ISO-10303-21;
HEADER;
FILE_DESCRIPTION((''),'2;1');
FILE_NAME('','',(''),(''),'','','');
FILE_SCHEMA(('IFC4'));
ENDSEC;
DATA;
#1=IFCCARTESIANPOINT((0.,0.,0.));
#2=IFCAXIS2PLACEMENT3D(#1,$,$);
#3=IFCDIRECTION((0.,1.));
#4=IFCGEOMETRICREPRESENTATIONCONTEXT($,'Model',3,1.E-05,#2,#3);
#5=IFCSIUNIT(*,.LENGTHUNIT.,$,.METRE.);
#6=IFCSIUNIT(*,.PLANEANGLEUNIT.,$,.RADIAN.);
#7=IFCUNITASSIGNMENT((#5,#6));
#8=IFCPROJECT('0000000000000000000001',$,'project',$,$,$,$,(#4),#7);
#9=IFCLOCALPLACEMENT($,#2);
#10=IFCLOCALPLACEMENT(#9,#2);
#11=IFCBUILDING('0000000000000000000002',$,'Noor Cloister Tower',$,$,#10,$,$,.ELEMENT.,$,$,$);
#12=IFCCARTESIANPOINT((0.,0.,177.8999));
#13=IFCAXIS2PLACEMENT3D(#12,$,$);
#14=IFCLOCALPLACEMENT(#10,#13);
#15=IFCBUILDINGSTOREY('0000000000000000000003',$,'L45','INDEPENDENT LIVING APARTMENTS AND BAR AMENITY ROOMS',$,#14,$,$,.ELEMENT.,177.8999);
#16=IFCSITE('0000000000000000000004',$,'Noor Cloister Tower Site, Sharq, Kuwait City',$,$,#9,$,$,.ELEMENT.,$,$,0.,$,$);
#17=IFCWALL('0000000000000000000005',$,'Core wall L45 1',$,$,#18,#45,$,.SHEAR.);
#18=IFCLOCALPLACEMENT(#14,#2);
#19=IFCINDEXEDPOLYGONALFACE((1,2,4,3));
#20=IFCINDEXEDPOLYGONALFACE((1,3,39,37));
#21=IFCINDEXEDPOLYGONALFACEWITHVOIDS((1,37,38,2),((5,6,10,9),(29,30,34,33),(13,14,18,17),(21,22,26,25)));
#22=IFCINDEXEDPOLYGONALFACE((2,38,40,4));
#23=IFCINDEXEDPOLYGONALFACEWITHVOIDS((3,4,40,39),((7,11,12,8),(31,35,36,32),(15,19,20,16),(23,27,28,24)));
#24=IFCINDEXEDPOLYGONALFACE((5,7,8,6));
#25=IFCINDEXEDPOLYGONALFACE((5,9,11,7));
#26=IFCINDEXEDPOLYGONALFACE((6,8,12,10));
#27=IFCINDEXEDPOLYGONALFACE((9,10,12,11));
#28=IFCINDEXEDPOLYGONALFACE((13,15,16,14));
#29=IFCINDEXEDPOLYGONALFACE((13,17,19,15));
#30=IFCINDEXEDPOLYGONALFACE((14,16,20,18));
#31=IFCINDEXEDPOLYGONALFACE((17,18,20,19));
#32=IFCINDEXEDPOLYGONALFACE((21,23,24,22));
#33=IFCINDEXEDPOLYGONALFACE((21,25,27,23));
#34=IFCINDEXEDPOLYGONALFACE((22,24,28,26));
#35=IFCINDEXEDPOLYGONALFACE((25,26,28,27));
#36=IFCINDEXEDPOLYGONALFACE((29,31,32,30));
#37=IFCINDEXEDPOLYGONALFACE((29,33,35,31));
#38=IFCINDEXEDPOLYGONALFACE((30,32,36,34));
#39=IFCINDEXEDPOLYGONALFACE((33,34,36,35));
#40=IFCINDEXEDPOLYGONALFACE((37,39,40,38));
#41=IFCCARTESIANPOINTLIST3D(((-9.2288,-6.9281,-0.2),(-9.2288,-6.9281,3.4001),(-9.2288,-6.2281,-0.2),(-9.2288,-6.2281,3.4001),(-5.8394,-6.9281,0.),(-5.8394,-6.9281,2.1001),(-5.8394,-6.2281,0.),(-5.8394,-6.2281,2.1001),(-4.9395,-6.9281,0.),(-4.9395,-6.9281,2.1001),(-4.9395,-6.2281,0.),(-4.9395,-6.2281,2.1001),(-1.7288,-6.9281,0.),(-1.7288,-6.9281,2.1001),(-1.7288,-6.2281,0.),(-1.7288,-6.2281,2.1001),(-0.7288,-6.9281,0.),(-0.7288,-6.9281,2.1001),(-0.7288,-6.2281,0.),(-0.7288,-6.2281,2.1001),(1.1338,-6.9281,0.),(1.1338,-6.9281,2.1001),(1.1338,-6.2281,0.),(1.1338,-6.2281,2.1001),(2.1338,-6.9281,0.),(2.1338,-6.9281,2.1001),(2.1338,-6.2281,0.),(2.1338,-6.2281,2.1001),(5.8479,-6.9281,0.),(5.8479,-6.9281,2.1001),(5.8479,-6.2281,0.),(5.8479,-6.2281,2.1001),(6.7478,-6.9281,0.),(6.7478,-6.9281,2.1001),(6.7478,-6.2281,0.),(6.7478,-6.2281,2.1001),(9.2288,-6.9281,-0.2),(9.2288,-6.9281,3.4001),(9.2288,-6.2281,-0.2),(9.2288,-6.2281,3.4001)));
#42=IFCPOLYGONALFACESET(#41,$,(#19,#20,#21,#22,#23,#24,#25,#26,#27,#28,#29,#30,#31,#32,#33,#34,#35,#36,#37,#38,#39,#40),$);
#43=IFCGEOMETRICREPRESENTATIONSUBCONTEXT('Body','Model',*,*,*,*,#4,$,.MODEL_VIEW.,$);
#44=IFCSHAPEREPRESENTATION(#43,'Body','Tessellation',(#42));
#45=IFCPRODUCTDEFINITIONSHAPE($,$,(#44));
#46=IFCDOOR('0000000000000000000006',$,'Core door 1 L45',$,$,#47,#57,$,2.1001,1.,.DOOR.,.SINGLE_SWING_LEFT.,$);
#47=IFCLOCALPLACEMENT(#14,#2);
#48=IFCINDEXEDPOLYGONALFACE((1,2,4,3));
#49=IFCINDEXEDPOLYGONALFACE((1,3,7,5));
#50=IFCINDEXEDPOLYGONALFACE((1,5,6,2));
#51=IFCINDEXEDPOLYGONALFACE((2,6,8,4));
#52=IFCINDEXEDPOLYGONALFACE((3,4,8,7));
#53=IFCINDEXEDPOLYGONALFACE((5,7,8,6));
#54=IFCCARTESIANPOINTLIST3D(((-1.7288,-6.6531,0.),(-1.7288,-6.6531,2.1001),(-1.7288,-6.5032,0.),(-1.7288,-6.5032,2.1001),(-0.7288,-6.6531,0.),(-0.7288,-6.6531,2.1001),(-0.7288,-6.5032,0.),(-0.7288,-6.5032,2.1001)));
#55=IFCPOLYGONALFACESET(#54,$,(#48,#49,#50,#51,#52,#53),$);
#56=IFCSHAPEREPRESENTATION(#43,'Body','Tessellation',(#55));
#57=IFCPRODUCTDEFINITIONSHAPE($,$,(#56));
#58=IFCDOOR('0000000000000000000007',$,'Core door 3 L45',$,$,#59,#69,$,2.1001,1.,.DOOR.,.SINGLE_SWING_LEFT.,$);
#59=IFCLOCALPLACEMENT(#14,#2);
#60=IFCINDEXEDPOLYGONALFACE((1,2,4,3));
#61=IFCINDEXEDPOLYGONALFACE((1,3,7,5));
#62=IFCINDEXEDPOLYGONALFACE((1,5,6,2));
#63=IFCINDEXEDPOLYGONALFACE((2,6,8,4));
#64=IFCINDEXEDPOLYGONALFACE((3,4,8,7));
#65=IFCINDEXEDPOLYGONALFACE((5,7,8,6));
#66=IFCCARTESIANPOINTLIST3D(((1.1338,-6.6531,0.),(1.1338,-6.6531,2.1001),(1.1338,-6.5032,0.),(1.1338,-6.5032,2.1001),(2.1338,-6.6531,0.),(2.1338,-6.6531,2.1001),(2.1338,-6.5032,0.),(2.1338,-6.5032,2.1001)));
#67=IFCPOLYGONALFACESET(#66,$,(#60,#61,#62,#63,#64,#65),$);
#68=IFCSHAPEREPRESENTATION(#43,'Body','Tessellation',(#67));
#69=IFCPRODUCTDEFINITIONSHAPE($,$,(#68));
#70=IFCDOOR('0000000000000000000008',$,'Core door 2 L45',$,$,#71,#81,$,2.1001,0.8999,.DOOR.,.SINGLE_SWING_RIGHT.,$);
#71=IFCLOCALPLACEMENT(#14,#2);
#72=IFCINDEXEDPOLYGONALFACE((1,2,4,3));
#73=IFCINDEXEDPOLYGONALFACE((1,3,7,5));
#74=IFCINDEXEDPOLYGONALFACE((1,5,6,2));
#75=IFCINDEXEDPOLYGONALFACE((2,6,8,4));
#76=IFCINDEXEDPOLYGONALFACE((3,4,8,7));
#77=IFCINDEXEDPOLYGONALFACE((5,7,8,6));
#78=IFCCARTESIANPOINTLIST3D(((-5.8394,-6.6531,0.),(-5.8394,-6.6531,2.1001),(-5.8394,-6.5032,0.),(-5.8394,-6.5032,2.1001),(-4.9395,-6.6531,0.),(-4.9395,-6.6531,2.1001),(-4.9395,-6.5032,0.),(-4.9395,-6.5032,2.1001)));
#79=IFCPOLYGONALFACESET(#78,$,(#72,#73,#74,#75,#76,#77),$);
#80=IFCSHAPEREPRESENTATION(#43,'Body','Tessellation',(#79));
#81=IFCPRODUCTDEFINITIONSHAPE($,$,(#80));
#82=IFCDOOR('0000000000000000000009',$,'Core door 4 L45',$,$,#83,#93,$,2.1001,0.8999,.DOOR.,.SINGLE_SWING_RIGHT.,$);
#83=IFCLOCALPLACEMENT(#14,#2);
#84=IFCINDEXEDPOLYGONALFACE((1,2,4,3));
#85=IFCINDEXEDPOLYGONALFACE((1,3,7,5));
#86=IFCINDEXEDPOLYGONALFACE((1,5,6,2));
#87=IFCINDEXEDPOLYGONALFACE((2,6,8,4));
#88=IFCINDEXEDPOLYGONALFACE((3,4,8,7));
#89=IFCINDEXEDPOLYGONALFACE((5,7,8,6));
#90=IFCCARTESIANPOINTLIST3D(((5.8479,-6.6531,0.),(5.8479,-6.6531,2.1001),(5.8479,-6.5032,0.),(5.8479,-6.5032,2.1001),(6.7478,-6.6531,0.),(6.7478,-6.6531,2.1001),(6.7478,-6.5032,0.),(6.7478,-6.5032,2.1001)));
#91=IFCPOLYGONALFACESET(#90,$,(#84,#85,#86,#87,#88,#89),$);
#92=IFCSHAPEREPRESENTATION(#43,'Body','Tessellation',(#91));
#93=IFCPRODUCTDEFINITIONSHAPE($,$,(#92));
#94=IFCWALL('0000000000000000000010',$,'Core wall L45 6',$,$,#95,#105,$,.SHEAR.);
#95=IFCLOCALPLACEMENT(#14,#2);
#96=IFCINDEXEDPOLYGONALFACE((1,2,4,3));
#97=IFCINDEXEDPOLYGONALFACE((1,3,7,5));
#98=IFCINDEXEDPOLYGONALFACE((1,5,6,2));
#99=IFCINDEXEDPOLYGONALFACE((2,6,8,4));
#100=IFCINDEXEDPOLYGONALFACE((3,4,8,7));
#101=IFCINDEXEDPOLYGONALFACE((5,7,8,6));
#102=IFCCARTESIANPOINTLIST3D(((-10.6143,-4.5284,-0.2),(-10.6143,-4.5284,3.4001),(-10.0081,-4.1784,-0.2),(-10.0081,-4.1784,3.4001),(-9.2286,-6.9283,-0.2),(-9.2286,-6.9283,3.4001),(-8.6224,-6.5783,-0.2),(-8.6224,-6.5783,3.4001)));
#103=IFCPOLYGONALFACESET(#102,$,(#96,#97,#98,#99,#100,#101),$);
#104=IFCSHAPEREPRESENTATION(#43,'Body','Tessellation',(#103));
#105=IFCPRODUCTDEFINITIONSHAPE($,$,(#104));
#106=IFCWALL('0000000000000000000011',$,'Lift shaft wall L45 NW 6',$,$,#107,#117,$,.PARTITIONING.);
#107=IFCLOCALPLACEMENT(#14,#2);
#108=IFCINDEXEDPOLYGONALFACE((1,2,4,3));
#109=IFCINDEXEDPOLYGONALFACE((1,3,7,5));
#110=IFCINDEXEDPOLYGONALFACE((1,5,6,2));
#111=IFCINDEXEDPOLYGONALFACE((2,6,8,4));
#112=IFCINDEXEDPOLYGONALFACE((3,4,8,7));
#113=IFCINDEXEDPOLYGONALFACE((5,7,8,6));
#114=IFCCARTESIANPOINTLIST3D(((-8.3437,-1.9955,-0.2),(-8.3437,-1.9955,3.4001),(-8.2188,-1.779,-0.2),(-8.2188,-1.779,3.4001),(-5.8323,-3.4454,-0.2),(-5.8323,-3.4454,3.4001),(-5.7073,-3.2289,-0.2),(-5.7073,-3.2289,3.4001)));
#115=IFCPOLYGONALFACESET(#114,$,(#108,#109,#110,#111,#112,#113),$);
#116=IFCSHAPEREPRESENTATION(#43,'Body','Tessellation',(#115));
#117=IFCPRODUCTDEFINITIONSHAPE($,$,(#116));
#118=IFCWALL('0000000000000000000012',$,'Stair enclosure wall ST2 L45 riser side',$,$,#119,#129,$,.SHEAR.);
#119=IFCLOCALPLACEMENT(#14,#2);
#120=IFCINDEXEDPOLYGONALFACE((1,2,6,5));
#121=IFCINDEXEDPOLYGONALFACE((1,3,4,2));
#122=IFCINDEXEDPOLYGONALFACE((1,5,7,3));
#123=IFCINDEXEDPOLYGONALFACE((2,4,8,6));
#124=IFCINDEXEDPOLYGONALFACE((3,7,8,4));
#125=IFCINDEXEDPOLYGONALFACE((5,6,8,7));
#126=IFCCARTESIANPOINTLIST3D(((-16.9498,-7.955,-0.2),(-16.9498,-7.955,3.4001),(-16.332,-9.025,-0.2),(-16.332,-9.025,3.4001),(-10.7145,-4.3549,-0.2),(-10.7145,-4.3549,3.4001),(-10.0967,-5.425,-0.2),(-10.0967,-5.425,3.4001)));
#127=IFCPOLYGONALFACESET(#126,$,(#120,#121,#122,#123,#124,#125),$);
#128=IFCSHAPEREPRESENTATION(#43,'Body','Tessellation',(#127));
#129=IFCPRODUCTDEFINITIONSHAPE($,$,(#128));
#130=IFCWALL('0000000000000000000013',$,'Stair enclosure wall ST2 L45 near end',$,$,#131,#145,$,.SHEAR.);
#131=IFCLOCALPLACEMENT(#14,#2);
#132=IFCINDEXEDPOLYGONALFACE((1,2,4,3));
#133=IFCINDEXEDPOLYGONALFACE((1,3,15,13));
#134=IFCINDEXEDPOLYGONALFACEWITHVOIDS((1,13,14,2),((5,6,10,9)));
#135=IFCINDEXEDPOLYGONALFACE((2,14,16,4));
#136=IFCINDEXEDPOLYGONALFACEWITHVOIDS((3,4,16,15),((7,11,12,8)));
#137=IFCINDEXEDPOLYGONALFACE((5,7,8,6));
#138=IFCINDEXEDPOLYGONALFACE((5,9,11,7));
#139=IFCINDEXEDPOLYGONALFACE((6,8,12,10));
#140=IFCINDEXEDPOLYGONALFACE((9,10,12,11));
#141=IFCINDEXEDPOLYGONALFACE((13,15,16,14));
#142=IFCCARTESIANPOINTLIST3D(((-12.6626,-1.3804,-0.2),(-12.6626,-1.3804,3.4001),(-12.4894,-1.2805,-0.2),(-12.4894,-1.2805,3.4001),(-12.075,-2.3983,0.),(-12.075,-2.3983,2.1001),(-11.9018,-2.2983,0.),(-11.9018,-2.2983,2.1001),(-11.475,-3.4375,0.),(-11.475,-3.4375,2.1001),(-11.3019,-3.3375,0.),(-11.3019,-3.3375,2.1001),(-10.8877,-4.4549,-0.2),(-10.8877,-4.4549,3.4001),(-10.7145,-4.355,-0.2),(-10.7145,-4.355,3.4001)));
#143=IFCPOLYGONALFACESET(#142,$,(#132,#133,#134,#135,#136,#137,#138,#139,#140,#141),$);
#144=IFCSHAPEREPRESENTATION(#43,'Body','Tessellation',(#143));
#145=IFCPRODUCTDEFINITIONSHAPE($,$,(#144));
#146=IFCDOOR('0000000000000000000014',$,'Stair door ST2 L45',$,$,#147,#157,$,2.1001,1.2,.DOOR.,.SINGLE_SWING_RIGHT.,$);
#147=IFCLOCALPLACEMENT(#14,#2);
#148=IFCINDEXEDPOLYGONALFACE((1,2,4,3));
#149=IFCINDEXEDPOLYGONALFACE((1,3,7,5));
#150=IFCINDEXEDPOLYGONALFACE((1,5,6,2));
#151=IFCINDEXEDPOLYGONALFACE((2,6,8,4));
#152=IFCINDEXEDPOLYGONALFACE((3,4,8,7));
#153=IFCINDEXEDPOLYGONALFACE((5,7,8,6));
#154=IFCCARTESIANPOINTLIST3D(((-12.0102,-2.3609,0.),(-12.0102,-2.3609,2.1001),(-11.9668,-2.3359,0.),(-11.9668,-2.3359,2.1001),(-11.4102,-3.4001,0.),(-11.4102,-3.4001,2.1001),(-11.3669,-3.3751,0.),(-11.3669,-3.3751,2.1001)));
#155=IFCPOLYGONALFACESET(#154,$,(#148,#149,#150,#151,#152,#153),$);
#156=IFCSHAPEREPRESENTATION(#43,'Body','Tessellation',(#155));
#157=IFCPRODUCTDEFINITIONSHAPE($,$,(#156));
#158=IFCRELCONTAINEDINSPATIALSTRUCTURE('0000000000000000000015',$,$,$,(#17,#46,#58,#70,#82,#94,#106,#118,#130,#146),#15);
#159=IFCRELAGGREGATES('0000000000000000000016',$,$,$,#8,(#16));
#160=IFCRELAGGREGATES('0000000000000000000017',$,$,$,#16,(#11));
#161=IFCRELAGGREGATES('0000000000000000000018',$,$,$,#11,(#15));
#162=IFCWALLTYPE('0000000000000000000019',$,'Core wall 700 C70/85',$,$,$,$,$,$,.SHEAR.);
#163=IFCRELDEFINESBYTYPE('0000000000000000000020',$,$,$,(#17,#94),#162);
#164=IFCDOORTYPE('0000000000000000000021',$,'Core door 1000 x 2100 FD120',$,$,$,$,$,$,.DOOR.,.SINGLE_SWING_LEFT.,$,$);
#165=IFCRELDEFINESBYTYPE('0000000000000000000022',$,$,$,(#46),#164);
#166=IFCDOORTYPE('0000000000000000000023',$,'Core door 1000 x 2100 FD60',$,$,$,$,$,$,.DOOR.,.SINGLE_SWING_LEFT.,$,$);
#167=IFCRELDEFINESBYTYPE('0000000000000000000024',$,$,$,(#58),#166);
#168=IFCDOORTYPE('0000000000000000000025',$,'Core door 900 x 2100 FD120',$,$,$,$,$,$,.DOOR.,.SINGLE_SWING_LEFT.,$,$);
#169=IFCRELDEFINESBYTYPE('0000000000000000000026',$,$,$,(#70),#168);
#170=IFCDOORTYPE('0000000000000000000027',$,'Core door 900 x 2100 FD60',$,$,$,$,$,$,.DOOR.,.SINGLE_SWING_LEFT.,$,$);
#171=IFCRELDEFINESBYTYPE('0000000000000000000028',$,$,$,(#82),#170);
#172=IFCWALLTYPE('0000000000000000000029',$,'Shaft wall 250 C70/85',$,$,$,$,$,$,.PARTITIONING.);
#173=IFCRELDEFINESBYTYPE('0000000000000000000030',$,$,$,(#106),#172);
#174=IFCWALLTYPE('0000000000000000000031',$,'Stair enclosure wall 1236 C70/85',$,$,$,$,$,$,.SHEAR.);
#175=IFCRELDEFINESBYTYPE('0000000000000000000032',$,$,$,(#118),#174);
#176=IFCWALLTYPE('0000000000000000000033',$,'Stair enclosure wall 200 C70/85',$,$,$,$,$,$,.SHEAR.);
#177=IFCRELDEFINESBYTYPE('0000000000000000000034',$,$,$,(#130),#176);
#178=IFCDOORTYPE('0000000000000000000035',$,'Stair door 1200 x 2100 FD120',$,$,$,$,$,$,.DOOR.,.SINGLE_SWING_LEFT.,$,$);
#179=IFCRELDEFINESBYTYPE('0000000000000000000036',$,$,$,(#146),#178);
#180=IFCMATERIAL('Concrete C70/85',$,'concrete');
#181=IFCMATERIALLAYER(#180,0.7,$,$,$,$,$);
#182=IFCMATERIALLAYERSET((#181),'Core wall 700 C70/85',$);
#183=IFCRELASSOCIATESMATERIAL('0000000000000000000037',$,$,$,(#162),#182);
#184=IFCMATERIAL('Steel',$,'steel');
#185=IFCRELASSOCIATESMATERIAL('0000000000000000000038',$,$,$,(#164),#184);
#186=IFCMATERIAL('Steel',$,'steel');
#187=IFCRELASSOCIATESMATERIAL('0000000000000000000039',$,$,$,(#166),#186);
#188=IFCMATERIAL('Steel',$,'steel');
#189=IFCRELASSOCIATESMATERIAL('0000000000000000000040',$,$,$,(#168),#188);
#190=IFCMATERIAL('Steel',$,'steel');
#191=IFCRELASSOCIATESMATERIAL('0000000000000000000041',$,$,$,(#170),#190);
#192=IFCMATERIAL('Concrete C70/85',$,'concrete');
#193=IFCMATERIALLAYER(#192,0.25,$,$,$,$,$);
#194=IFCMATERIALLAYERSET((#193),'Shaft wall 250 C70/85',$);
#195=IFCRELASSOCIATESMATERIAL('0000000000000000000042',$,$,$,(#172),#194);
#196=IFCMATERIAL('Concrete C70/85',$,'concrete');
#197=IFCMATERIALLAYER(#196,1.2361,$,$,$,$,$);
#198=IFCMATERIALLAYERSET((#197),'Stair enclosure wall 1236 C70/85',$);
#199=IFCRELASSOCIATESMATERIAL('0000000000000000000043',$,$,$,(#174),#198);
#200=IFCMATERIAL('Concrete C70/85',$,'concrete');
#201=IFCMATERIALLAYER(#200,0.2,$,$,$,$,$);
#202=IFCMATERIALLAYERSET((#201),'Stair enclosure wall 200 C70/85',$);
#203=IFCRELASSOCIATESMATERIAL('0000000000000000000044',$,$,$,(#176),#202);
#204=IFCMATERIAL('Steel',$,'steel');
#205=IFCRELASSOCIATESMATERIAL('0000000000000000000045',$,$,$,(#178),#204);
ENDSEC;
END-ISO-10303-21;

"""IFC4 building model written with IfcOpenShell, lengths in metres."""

from ifc_helpers import new_model, si_unit, direction, frame, frame_2d, origin, place, context, subcontext, project, spatial, rectangle, extrude, material, layer, layer_set, type_object, element, fill, save


model = new_model("IFC4")

# Units and contexts
model_context = context("Model", 3, precision=1e-05, world=origin(), true_north=direction((0.0, 1.0)))
body_context = subcontext(model_context, "Body", "Model", "MODEL_VIEW")
ifc_project = project(units=[si_unit("LENGTHUNIT", "METRE"), si_unit("PLANEANGLEUNIT", "RADIAN")], contexts=[model_context])

# Site, building, storey
site_placement = place(None, origin())
site = spatial("IfcSite", under=ifc_project, at=site_placement, Name="Noor Cloister Tower Site, Sharq, Kuwait City", CompositionType="ELEMENT", RefElevation=0.0)
building_placement = place(site_placement, origin())
building = spatial("IfcBuilding", under=site, at=building_placement, Name="Noor Cloister Tower", CompositionType="ELEMENT")
storey_placement = place(building_placement, frame((0.0, 0.0, 177.8999)))
storey = spatial("IfcBuildingStorey", under=building, at=storey_placement, Name="L45", Description="INDEPENDENT LIVING APARTMENTS AND BAR AMENITY ROOMS", CompositionType="ELEMENT", Elevation=177.8999)

# Wall, openings, doors
ifc_material_1 = material(Name="Concrete C70/85", Category="concrete")
ifc_layer_1 = layer(ifc_material_1, 0.7)
ifc_layer_set_1 = layer_set([ifc_layer_1], Name="Core wall 700 C70/85")
wall_type_1 = type_object("IfcWallType", Name="Core wall 700 C70/85", PredefinedType="SHEAR", material=ifc_layer_set_1)
wall_1_placement = place(storey_placement, frame((-9.2288, -6.5781, -0.2), z_axis=(0.0, 0.0, 1.0), x_axis=(1.0, 0.0, 0.0)))
wall_1 = element("IfcWall", 1, at=wall_1_placement, inside=storey, type_object=wall_type_1, Name="Core wall L45 1", PredefinedType="SHEAR", context=body_context, shape_type="SweptSolid", body=[
    extrude(rectangle(XDim=18.4575, YDim=0.7, at=frame_2d((9.2288, 0.0))), origin(), (0.0, 0.0, 1.0), 3.6001),
])
opening_1_placement = place(wall_1_placement, frame((7.5, 0.0, 0.2)))
opening_1 = element("IfcOpeningElement", 2, at=opening_1_placement, cuts=wall_1, PredefinedType="OPENING", context=body_context, shape_type="SweptSolid", body=[
    extrude(rectangle(XDim=1.0, YDim=2.1001, at=frame_2d((0.5, 1.05))), frame((0.0, 0.3599, 0.0), z_axis=(0.0, -1.0, 0.0), x_axis=(1.0, 0.0, 0.0)), (0.0, 0.0, 1.0), 0.72),
])
opening_2_placement = place(wall_1_placement, frame((3.3894, 0.0, 0.2)))
opening_2 = element("IfcOpeningElement", 3, at=opening_2_placement, cuts=wall_1, PredefinedType="OPENING", context=body_context, shape_type="SweptSolid", body=[
    extrude(rectangle(XDim=0.8999, YDim=2.1001, at=frame_2d((0.45, 1.05))), frame((0.0, 0.3599, 0.0), z_axis=(0.0, -1.0, 0.0), x_axis=(1.0, 0.0, 0.0)), (0.0, 0.0, 1.0), 0.72),
])
opening_3_placement = place(wall_1_placement, frame((10.3625, 0.0, 0.2)))
opening_3 = element("IfcOpeningElement", 4, at=opening_3_placement, cuts=wall_1, PredefinedType="OPENING", context=body_context, shape_type="SweptSolid", body=[
    extrude(rectangle(XDim=1.0, YDim=2.1001, at=frame_2d((0.5, 1.05))), frame((0.0, 0.3599, 0.0), z_axis=(0.0, -1.0, 0.0), x_axis=(1.0, 0.0, 0.0)), (0.0, 0.0, 1.0), 0.72),
])
opening_4_placement = place(wall_1_placement, frame((15.0767, 0.0, 0.2)))
opening_4 = element("IfcOpeningElement", 5, at=opening_4_placement, cuts=wall_1, PredefinedType="OPENING", context=body_context, shape_type="SweptSolid", body=[
    extrude(rectangle(XDim=0.8999, YDim=2.1001, at=frame_2d((0.45, 1.05))), frame((0.0, 0.3599, 0.0), z_axis=(0.0, -1.0, 0.0), x_axis=(1.0, 0.0, 0.0)), (0.0, 0.0, 1.0), 0.72),
])
ifc_material_2 = material(Name="Steel", Category="steel")
door_type_1 = type_object("IfcDoorType", Name="Core door 1000 x 2100 FD120", OperationType="SINGLE_SWING_LEFT", PredefinedType="DOOR", material=ifc_material_2)
door_1_placement = place(opening_1_placement, origin())
door_1 = element("IfcDoor", 6, at=door_1_placement, inside=storey, type_object=door_type_1, Name="Core door 1 L45", OperationType="SINGLE_SWING_LEFT", OverallHeight=2.1001, OverallWidth=1.0, PredefinedType="DOOR", context=body_context, shape_type="SweptSolid", body=[
    extrude(rectangle(XDim=1.0, YDim=2.1001, at=frame_2d((0.5, 1.05))), frame((0.0, 0.075, 0.0), z_axis=(0.0, -1.0, 0.0), x_axis=(1.0, 0.0, 0.0)), (0.0, 0.0, 1.0), 0.1499),
])
fill(opening_1, door_1)
ifc_material_3 = material(Name="Steel", Category="steel")
door_type_2 = type_object("IfcDoorType", Name="Core door 1000 x 2100 FD60", OperationType="SINGLE_SWING_LEFT", PredefinedType="DOOR", material=ifc_material_3)
door_2_placement = place(opening_3_placement, origin())
door_2 = element("IfcDoor", 7, at=door_2_placement, inside=storey, type_object=door_type_2, Name="Core door 3 L45", OperationType="SINGLE_SWING_LEFT", OverallHeight=2.1001, OverallWidth=1.0, PredefinedType="DOOR", context=body_context, shape_type="SweptSolid", body=[
    extrude(rectangle(XDim=1.0, YDim=2.1001, at=frame_2d((0.5, 1.05))), frame((0.0, 0.075, 0.0), z_axis=(0.0, -1.0, 0.0), x_axis=(1.0, 0.0, 0.0)), (0.0, 0.0, 1.0), 0.1499),
])
fill(opening_3, door_2)
ifc_material_4 = material(Name="Steel", Category="steel")
door_type_3 = type_object("IfcDoorType", Name="Core door 900 x 2100 FD120", OperationType="SINGLE_SWING_LEFT", PredefinedType="DOOR", material=ifc_material_4)
door_3_placement = place(opening_2_placement, origin())
door_3 = element("IfcDoor", 8, at=door_3_placement, inside=storey, type_object=door_type_3, Name="Core door 2 L45", OperationType="SINGLE_SWING_RIGHT", OverallHeight=2.1001, OverallWidth=0.8999, PredefinedType="DOOR", context=body_context, shape_type="SweptSolid", body=[
    extrude(rectangle(XDim=0.8999, YDim=2.1001, at=frame_2d((0.45, 1.05))), frame((0.0, 0.075, 0.0), z_axis=(0.0, -1.0, 0.0), x_axis=(1.0, 0.0, 0.0)), (0.0, 0.0, 1.0), 0.1499),
])
fill(opening_2, door_3)
ifc_material_5 = material(Name="Steel", Category="steel")
door_type_4 = type_object("IfcDoorType", Name="Core door 900 x 2100 FD60", OperationType="SINGLE_SWING_LEFT", PredefinedType="DOOR", material=ifc_material_5)
door_4_placement = place(opening_4_placement, origin())
door_4 = element("IfcDoor", 9, at=door_4_placement, inside=storey, type_object=door_type_4, Name="Core door 4 L45", OperationType="SINGLE_SWING_RIGHT", OverallHeight=2.1001, OverallWidth=0.8999, PredefinedType="DOOR", context=body_context, shape_type="SweptSolid", body=[
    extrude(rectangle(XDim=0.8999, YDim=2.1001, at=frame_2d((0.45, 1.05))), frame((0.0, 0.075, 0.0), z_axis=(0.0, -1.0, 0.0), x_axis=(1.0, 0.0, 0.0)), (0.0, 0.0, 1.0), 0.1499),
])
fill(opening_4, door_4)

# Walls
wall_2_placement = place(storey_placement, frame((-10.3113, -4.3533, -0.2), z_axis=(0.0, 0.0, 1.0), x_axis=(0.500043, -0.866001, 0.0)))
element("IfcWall", 10, at=wall_2_placement, inside=storey, type_object=wall_type_1, Name="Core wall L45 6", PredefinedType="SHEAR", context=body_context, shape_type="SweptSolid", body=[
    extrude(rectangle(XDim=2.7712, YDim=0.7, at=frame_2d((1.3857, 0.0))), origin(), (0.0, 0.0, 1.0), 3.6001),
])
ifc_material_6 = material(Name="Concrete C70/85", Category="concrete")
ifc_layer_2 = layer(ifc_material_6, 0.25)
ifc_layer_set_2 = layer_set([ifc_layer_2], Name="Shaft wall 250 C70/85")
wall_type_2 = type_object("IfcWallType", Name="Shaft wall 250 C70/85", PredefinedType="PARTITIONING", material=ifc_layer_set_2)
wall_3_placement = place(storey_placement, frame((-8.2812, -1.8872, -0.2), z_axis=(0.0, 0.0, 1.0), x_axis=(0.866033, -0.499987, 0.0)))
element("IfcWall", 11, at=wall_3_placement, inside=storey, type_object=wall_type_2, Name="Lift shaft wall L45 NW 6", PredefinedType="PARTITIONING", context=body_context, shape_type="SweptSolid", body=[
    extrude(rectangle(XDim=2.8999, YDim=0.25, at=frame_2d((1.45, 0.0))), origin(), (0.0, 0.0, 1.0), 3.6001),
])
ifc_material_7 = material(Name="Concrete C70/85", Category="concrete")
ifc_layer_3 = layer(ifc_material_7, 1.2361)
ifc_layer_set_3 = layer_set([ifc_layer_3], Name="Stair enclosure wall 1236 C70/85")
wall_type_3 = type_object("IfcWallType", Name="Stair enclosure wall 1236 C70/85", PredefinedType="SHEAR", material=ifc_layer_set_3)
wall_4_placement = place(storey_placement, frame((-10.4055, -4.8899, -0.2), z_axis=(0.0, 0.0, 1.0), x_axis=(-0.866018, -0.500012, 0.0)))
element("IfcWall", 12, at=wall_4_placement, inside=storey, type_object=wall_type_3, Name="Stair enclosure wall ST2 L45 riser side", PredefinedType="SHEAR", context=body_context, shape_type="SweptSolid", body=[
    extrude(rectangle(XDim=7.2, YDim=1.2356, at=frame_2d((3.6001, 0.0))), origin(), (0.0, 0.0, 1.0), 3.6001),
])

# Wall, opening, door
ifc_material_8 = material(Name="Concrete C70/85", Category="concrete")
ifc_layer_4 = layer(ifc_material_8, 0.2)
ifc_layer_set_4 = layer_set([ifc_layer_4], Name="Stair enclosure wall 200 C70/85")
wall_type_4 = type_object("IfcWallType", Name="Stair enclosure wall 200 C70/85", PredefinedType="SHEAR", material=ifc_layer_set_4)
wall_5_placement = place(storey_placement, frame((-12.5759, -1.3306, -0.2), z_axis=(0.0, 0.0, 1.0), x_axis=(0.49997, -0.866042, 0.0)))
wall_5 = element("IfcWall", 13, at=wall_5_placement, inside=storey, type_object=wall_type_4, Name="Stair enclosure wall ST2 L45 near end", PredefinedType="SHEAR", context=body_context, shape_type="SweptSolid", body=[
    extrude(rectangle(XDim=3.55, YDim=0.2, at=frame_2d((1.7749, 0.0))), origin(), (0.0, 0.0, 1.0), 3.6001),
])
opening_5_placement = place(wall_5_placement, frame((1.175, 0.0, 0.2)))
opening_5 = element("IfcOpeningElement", 14, at=opening_5_placement, cuts=wall_5, PredefinedType="OPENING", context=body_context, shape_type="SweptSolid", body=[
    extrude(rectangle(XDim=1.2, YDim=2.1001, at=frame_2d((0.6001, 1.05))), frame((0.0, 0.1099, 0.0), z_axis=(0.0, -1.0, 0.0), x_axis=(1.0, 0.0, 0.0)), (0.0, 0.0, 1.0), 0.22),
])
ifc_material_9 = material(Name="Steel", Category="steel")
door_type_5 = type_object("IfcDoorType", Name="Stair door 1200 x 2100 FD120", OperationType="SINGLE_SWING_LEFT", PredefinedType="DOOR", material=ifc_material_9)
door_5_placement = place(opening_5_placement, origin())
door_5 = element("IfcDoor", 15, at=door_5_placement, inside=storey, type_object=door_type_5, Name="Stair door ST2 L45", OperationType="SINGLE_SWING_RIGHT", OverallHeight=2.1001, OverallWidth=1.2, PredefinedType="DOOR", context=body_context, shape_type="SweptSolid", body=[
    extrude(rectangle(XDim=1.2, YDim=2.1001, at=frame_2d((0.6001, 1.05))), frame((0.0, 0.0249, 0.0), z_axis=(0.0, -1.0, 0.0), x_axis=(1.0, 0.0, 0.0)), (0.0, 0.0, 1.0), 0.05),
])
fill(opening_5, door_5)

save(model, "model.ifc")
